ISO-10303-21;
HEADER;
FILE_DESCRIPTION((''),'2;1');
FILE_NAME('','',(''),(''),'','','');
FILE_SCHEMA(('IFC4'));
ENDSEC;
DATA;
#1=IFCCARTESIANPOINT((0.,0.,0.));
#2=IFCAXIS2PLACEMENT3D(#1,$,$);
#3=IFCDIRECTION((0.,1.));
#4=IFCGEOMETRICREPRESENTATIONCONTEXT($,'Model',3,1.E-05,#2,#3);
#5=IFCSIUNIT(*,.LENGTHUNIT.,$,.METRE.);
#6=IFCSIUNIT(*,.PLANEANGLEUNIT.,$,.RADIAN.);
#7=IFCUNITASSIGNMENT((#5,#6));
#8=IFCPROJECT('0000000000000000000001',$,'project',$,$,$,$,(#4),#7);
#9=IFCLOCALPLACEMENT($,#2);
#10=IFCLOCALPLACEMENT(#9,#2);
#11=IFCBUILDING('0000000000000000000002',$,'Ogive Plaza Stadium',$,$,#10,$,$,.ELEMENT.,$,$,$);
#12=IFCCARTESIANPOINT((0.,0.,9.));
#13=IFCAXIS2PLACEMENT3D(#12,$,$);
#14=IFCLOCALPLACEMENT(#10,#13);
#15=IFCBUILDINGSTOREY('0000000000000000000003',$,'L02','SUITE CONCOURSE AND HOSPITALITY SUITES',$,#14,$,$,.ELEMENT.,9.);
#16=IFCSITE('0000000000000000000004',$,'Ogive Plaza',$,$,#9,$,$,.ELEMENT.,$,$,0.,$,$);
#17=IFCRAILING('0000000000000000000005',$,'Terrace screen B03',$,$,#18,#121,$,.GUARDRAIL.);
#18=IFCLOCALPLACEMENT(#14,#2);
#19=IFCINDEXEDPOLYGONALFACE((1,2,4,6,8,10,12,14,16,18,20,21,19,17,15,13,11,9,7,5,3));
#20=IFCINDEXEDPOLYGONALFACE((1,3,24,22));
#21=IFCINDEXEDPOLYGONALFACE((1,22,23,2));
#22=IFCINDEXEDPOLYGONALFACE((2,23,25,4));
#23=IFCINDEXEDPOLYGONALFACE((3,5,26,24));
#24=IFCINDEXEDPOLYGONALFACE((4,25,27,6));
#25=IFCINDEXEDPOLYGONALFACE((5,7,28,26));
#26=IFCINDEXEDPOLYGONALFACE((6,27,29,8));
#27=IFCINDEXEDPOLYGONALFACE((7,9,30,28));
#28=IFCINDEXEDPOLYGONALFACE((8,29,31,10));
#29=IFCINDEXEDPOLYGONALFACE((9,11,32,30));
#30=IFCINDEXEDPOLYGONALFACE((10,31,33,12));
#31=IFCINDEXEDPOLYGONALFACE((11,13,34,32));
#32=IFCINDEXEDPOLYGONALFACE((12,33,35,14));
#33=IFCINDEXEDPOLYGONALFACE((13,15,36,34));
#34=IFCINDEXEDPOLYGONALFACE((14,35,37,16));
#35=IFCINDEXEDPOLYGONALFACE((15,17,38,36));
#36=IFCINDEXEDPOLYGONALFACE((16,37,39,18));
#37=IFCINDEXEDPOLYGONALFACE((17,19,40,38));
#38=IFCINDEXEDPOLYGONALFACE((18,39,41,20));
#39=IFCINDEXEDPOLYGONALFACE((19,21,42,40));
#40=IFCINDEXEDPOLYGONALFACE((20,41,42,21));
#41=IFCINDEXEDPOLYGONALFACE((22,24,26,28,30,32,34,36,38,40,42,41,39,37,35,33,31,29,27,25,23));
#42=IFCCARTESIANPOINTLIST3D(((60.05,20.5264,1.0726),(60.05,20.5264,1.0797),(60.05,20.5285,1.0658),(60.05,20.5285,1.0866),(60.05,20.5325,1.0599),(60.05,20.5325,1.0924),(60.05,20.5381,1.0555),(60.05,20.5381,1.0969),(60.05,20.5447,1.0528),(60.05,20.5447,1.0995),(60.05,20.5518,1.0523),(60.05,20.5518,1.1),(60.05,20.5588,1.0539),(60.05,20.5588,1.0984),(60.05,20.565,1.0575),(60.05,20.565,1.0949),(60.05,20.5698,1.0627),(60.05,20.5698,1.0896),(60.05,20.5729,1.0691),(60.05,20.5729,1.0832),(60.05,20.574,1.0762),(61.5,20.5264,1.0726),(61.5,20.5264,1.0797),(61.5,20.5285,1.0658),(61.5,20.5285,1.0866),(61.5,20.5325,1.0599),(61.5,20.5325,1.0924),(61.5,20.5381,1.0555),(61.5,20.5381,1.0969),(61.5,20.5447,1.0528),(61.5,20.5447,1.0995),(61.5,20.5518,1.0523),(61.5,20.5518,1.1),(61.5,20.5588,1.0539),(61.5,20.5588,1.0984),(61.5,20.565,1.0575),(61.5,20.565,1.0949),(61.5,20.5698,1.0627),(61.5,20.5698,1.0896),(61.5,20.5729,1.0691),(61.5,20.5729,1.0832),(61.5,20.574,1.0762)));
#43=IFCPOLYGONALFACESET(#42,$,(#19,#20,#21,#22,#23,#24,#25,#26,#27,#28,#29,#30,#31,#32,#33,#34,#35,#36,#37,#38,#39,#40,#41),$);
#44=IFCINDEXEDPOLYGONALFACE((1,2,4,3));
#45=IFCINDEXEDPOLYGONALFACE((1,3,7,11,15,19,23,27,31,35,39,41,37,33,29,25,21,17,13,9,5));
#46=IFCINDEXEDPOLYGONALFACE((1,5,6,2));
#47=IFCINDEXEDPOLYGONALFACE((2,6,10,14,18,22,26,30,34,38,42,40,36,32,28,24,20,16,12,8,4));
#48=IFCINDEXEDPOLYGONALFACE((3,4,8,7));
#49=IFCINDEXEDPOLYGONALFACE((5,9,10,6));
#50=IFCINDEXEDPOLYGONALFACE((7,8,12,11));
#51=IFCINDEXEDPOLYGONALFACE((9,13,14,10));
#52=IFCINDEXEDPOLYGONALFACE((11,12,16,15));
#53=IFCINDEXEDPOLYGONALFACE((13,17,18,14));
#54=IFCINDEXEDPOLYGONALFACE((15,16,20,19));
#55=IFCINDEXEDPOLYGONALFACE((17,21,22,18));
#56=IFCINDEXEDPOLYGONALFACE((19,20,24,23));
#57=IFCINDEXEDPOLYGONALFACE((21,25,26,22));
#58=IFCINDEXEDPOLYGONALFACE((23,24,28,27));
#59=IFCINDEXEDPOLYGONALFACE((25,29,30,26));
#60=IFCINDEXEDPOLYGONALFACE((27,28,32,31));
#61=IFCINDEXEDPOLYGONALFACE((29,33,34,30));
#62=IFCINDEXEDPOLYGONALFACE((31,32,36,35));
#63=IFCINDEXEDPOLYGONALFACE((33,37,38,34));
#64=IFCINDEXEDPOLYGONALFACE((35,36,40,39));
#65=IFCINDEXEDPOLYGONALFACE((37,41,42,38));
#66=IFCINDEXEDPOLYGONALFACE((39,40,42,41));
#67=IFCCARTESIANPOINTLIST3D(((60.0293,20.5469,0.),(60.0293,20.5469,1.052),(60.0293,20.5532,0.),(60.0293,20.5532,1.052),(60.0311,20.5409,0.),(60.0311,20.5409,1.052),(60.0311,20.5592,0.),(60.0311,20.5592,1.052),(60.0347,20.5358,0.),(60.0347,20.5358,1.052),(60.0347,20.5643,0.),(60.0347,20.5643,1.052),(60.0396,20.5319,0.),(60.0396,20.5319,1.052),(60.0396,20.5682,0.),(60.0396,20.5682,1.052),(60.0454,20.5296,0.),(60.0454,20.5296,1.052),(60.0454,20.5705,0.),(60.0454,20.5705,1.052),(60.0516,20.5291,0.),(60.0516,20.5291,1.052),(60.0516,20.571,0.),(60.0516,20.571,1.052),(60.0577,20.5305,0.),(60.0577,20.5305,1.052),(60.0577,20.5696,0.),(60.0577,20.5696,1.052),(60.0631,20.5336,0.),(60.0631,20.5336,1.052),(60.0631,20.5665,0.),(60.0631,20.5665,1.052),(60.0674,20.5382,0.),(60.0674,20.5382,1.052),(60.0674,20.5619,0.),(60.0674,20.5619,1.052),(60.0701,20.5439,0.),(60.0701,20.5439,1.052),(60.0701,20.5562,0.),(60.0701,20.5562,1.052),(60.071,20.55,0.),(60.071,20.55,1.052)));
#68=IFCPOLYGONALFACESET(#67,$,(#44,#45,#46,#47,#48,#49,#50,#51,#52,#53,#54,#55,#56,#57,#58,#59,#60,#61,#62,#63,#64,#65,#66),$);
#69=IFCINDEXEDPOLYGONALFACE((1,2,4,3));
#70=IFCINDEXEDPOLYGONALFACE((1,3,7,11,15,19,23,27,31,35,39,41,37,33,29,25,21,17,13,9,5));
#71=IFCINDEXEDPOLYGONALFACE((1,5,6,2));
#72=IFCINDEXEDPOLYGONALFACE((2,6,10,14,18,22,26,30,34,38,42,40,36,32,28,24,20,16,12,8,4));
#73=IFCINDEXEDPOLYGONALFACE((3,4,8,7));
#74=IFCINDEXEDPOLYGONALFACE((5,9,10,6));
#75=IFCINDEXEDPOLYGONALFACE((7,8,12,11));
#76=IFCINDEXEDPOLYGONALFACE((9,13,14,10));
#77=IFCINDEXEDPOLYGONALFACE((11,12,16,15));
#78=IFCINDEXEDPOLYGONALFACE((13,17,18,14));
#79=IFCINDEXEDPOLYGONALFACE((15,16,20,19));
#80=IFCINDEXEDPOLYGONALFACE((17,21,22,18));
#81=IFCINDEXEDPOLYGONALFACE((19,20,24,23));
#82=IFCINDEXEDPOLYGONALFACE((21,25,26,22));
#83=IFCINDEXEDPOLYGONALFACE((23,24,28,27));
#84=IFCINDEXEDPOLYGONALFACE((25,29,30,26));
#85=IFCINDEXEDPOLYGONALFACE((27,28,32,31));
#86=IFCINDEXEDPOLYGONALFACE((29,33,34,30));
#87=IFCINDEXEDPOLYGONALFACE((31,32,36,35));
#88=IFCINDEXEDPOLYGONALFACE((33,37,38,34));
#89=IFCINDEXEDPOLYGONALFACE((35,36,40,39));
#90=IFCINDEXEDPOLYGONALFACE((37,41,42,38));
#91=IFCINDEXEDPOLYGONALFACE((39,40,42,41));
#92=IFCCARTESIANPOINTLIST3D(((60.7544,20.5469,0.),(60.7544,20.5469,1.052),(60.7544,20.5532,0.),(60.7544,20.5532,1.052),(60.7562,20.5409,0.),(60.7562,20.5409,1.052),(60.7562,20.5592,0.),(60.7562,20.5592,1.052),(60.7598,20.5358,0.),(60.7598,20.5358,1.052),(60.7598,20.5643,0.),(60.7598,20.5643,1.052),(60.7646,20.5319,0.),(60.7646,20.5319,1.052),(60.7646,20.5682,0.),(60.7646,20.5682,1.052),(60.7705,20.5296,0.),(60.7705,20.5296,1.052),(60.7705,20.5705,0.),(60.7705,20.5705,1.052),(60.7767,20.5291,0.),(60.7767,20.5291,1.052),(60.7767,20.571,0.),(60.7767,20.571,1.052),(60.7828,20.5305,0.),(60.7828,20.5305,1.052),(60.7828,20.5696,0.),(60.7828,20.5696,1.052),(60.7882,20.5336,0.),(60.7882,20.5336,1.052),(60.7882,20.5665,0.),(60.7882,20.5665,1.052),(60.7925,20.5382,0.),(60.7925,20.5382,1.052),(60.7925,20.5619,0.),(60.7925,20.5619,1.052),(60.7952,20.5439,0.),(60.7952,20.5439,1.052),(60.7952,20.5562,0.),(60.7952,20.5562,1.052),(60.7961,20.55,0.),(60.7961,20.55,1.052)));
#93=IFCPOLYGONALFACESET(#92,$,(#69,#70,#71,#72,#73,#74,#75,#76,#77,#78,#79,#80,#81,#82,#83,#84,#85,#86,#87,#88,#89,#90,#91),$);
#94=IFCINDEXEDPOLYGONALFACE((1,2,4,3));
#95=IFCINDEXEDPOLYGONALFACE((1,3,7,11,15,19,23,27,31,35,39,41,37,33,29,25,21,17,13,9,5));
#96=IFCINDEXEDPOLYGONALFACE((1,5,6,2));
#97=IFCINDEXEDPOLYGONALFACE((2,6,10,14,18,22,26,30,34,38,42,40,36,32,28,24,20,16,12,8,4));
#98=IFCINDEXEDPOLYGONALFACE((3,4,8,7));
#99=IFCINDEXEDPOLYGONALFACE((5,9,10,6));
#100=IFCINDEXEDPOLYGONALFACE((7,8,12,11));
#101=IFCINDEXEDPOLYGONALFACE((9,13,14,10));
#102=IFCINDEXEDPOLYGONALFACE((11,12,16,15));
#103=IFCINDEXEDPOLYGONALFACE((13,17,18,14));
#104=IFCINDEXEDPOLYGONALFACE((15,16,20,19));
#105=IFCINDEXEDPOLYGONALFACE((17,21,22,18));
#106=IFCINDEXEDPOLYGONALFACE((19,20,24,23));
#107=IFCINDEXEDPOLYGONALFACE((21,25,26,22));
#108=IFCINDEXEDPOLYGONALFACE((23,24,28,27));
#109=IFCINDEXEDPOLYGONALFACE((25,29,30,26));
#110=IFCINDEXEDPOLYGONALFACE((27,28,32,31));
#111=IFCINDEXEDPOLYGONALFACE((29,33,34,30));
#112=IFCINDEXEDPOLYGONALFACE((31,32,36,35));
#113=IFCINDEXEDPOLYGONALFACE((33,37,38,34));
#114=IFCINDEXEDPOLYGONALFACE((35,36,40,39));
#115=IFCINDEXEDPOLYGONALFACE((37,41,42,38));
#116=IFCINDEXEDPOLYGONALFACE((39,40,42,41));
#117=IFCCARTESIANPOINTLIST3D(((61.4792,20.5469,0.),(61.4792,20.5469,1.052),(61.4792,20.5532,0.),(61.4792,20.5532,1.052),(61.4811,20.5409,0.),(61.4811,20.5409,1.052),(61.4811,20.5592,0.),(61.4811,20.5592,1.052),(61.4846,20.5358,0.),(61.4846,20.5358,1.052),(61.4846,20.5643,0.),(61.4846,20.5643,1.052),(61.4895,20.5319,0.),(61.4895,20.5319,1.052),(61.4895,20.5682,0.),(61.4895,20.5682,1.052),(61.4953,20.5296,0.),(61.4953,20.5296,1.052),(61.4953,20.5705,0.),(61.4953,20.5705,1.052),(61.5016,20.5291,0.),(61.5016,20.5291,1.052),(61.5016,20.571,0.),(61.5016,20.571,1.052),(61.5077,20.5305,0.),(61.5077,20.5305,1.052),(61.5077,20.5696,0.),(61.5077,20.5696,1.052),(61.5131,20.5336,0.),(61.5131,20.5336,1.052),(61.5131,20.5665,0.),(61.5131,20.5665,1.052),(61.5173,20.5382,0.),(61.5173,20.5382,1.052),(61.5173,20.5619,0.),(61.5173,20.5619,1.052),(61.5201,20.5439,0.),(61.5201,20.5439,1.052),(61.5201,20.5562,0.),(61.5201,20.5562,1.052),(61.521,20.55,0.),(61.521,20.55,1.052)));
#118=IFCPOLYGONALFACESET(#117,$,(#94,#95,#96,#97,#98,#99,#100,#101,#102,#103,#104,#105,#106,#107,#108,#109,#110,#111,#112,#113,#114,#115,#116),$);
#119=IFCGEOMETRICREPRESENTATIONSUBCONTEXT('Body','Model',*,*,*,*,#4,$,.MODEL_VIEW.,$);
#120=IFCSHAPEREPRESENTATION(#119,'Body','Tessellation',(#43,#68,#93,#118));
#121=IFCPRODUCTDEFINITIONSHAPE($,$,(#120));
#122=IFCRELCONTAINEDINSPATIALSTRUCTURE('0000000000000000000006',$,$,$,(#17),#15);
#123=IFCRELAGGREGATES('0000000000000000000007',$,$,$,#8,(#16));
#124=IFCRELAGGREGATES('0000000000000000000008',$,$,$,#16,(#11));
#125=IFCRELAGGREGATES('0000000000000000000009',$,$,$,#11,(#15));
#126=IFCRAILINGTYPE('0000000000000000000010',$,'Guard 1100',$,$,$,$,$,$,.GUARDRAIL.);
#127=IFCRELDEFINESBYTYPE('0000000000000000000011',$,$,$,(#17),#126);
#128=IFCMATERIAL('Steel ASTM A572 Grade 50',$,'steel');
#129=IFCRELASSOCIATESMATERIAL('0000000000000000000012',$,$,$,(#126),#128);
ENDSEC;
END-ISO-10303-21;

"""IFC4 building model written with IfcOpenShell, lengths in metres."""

from ifc_helpers import new_model, si_unit, direction, frame, origin, origin_2d, place, context, subcontext, project, spatial, circle, extrude, material, type_object, element, save


model = new_model("IFC4")

# Units and contexts
model_context = context("Model", 3, precision=1e-05, world=origin(), true_north=direction((0.0, 1.0)))
body_context = subcontext(model_context, "Body", "Model", "MODEL_VIEW")
ifc_project = project(units=[si_unit("LENGTHUNIT", "METRE"), si_unit("PLANEANGLEUNIT", "RADIAN")], contexts=[model_context])

# Site, building, storey
site_placement = place(None, origin())
site = spatial("IfcSite", under=ifc_project, at=site_placement, Name="Ogive Plaza", CompositionType="ELEMENT", RefElevation=0.0)
building_placement = place(site_placement, origin())
building = spatial("IfcBuilding", under=site, at=building_placement, Name="Ogive Plaza Stadium", CompositionType="ELEMENT")
storey_placement = place(building_placement, frame((0.0, 0.0, 9.0)))
storey = spatial("IfcBuildingStorey", under=building, at=storey_placement, Name="L02", Description="SUITE CONCOURSE AND HOSPITALITY SUITES", CompositionType="ELEMENT", Elevation=9.0)

# Railing
ifc_material_1 = material(Name="Steel ASTM A572 Grade 50", Category="steel")
railing_type = type_object("IfcRailingType", Name="Guard 1100", PredefinedType="GUARDRAIL", material=ifc_material_1)
railing_1_placement = place(storey_placement, frame((60.05, 20.55, 0.0)))
element("IfcRailing", 1, at=railing_1_placement, inside=storey, type_object=railing_type, Name="Terrace screen B03", PredefinedType="GUARDRAIL", context=body_context, shape_type="SweptSolid", body=[
    extrude(circle(Radius=0.0239, at=origin_2d()), frame((0.0, 0.0, 1.0762), z_axis=(1.0, 0.0, 0.0), x_axis=(0.0, 1.0, 0.0)), (0.0, 0.0, 1.0), 1.45),
    extrude(circle(Radius=0.021, at=origin_2d()), origin(), (0.0, 0.0, 1.0), 1.052),
    extrude(circle(Radius=0.021, at=origin_2d()), frame((0.7251, 0.0, 0.0)), (0.0, 0.0, 1.0), 1.052),
    extrude(circle(Radius=0.021, at=origin_2d()), frame((1.45, 0.0, 0.0)), (0.0, 0.0, 1.0), 1.052),
])

save(model, "model.ifc")
